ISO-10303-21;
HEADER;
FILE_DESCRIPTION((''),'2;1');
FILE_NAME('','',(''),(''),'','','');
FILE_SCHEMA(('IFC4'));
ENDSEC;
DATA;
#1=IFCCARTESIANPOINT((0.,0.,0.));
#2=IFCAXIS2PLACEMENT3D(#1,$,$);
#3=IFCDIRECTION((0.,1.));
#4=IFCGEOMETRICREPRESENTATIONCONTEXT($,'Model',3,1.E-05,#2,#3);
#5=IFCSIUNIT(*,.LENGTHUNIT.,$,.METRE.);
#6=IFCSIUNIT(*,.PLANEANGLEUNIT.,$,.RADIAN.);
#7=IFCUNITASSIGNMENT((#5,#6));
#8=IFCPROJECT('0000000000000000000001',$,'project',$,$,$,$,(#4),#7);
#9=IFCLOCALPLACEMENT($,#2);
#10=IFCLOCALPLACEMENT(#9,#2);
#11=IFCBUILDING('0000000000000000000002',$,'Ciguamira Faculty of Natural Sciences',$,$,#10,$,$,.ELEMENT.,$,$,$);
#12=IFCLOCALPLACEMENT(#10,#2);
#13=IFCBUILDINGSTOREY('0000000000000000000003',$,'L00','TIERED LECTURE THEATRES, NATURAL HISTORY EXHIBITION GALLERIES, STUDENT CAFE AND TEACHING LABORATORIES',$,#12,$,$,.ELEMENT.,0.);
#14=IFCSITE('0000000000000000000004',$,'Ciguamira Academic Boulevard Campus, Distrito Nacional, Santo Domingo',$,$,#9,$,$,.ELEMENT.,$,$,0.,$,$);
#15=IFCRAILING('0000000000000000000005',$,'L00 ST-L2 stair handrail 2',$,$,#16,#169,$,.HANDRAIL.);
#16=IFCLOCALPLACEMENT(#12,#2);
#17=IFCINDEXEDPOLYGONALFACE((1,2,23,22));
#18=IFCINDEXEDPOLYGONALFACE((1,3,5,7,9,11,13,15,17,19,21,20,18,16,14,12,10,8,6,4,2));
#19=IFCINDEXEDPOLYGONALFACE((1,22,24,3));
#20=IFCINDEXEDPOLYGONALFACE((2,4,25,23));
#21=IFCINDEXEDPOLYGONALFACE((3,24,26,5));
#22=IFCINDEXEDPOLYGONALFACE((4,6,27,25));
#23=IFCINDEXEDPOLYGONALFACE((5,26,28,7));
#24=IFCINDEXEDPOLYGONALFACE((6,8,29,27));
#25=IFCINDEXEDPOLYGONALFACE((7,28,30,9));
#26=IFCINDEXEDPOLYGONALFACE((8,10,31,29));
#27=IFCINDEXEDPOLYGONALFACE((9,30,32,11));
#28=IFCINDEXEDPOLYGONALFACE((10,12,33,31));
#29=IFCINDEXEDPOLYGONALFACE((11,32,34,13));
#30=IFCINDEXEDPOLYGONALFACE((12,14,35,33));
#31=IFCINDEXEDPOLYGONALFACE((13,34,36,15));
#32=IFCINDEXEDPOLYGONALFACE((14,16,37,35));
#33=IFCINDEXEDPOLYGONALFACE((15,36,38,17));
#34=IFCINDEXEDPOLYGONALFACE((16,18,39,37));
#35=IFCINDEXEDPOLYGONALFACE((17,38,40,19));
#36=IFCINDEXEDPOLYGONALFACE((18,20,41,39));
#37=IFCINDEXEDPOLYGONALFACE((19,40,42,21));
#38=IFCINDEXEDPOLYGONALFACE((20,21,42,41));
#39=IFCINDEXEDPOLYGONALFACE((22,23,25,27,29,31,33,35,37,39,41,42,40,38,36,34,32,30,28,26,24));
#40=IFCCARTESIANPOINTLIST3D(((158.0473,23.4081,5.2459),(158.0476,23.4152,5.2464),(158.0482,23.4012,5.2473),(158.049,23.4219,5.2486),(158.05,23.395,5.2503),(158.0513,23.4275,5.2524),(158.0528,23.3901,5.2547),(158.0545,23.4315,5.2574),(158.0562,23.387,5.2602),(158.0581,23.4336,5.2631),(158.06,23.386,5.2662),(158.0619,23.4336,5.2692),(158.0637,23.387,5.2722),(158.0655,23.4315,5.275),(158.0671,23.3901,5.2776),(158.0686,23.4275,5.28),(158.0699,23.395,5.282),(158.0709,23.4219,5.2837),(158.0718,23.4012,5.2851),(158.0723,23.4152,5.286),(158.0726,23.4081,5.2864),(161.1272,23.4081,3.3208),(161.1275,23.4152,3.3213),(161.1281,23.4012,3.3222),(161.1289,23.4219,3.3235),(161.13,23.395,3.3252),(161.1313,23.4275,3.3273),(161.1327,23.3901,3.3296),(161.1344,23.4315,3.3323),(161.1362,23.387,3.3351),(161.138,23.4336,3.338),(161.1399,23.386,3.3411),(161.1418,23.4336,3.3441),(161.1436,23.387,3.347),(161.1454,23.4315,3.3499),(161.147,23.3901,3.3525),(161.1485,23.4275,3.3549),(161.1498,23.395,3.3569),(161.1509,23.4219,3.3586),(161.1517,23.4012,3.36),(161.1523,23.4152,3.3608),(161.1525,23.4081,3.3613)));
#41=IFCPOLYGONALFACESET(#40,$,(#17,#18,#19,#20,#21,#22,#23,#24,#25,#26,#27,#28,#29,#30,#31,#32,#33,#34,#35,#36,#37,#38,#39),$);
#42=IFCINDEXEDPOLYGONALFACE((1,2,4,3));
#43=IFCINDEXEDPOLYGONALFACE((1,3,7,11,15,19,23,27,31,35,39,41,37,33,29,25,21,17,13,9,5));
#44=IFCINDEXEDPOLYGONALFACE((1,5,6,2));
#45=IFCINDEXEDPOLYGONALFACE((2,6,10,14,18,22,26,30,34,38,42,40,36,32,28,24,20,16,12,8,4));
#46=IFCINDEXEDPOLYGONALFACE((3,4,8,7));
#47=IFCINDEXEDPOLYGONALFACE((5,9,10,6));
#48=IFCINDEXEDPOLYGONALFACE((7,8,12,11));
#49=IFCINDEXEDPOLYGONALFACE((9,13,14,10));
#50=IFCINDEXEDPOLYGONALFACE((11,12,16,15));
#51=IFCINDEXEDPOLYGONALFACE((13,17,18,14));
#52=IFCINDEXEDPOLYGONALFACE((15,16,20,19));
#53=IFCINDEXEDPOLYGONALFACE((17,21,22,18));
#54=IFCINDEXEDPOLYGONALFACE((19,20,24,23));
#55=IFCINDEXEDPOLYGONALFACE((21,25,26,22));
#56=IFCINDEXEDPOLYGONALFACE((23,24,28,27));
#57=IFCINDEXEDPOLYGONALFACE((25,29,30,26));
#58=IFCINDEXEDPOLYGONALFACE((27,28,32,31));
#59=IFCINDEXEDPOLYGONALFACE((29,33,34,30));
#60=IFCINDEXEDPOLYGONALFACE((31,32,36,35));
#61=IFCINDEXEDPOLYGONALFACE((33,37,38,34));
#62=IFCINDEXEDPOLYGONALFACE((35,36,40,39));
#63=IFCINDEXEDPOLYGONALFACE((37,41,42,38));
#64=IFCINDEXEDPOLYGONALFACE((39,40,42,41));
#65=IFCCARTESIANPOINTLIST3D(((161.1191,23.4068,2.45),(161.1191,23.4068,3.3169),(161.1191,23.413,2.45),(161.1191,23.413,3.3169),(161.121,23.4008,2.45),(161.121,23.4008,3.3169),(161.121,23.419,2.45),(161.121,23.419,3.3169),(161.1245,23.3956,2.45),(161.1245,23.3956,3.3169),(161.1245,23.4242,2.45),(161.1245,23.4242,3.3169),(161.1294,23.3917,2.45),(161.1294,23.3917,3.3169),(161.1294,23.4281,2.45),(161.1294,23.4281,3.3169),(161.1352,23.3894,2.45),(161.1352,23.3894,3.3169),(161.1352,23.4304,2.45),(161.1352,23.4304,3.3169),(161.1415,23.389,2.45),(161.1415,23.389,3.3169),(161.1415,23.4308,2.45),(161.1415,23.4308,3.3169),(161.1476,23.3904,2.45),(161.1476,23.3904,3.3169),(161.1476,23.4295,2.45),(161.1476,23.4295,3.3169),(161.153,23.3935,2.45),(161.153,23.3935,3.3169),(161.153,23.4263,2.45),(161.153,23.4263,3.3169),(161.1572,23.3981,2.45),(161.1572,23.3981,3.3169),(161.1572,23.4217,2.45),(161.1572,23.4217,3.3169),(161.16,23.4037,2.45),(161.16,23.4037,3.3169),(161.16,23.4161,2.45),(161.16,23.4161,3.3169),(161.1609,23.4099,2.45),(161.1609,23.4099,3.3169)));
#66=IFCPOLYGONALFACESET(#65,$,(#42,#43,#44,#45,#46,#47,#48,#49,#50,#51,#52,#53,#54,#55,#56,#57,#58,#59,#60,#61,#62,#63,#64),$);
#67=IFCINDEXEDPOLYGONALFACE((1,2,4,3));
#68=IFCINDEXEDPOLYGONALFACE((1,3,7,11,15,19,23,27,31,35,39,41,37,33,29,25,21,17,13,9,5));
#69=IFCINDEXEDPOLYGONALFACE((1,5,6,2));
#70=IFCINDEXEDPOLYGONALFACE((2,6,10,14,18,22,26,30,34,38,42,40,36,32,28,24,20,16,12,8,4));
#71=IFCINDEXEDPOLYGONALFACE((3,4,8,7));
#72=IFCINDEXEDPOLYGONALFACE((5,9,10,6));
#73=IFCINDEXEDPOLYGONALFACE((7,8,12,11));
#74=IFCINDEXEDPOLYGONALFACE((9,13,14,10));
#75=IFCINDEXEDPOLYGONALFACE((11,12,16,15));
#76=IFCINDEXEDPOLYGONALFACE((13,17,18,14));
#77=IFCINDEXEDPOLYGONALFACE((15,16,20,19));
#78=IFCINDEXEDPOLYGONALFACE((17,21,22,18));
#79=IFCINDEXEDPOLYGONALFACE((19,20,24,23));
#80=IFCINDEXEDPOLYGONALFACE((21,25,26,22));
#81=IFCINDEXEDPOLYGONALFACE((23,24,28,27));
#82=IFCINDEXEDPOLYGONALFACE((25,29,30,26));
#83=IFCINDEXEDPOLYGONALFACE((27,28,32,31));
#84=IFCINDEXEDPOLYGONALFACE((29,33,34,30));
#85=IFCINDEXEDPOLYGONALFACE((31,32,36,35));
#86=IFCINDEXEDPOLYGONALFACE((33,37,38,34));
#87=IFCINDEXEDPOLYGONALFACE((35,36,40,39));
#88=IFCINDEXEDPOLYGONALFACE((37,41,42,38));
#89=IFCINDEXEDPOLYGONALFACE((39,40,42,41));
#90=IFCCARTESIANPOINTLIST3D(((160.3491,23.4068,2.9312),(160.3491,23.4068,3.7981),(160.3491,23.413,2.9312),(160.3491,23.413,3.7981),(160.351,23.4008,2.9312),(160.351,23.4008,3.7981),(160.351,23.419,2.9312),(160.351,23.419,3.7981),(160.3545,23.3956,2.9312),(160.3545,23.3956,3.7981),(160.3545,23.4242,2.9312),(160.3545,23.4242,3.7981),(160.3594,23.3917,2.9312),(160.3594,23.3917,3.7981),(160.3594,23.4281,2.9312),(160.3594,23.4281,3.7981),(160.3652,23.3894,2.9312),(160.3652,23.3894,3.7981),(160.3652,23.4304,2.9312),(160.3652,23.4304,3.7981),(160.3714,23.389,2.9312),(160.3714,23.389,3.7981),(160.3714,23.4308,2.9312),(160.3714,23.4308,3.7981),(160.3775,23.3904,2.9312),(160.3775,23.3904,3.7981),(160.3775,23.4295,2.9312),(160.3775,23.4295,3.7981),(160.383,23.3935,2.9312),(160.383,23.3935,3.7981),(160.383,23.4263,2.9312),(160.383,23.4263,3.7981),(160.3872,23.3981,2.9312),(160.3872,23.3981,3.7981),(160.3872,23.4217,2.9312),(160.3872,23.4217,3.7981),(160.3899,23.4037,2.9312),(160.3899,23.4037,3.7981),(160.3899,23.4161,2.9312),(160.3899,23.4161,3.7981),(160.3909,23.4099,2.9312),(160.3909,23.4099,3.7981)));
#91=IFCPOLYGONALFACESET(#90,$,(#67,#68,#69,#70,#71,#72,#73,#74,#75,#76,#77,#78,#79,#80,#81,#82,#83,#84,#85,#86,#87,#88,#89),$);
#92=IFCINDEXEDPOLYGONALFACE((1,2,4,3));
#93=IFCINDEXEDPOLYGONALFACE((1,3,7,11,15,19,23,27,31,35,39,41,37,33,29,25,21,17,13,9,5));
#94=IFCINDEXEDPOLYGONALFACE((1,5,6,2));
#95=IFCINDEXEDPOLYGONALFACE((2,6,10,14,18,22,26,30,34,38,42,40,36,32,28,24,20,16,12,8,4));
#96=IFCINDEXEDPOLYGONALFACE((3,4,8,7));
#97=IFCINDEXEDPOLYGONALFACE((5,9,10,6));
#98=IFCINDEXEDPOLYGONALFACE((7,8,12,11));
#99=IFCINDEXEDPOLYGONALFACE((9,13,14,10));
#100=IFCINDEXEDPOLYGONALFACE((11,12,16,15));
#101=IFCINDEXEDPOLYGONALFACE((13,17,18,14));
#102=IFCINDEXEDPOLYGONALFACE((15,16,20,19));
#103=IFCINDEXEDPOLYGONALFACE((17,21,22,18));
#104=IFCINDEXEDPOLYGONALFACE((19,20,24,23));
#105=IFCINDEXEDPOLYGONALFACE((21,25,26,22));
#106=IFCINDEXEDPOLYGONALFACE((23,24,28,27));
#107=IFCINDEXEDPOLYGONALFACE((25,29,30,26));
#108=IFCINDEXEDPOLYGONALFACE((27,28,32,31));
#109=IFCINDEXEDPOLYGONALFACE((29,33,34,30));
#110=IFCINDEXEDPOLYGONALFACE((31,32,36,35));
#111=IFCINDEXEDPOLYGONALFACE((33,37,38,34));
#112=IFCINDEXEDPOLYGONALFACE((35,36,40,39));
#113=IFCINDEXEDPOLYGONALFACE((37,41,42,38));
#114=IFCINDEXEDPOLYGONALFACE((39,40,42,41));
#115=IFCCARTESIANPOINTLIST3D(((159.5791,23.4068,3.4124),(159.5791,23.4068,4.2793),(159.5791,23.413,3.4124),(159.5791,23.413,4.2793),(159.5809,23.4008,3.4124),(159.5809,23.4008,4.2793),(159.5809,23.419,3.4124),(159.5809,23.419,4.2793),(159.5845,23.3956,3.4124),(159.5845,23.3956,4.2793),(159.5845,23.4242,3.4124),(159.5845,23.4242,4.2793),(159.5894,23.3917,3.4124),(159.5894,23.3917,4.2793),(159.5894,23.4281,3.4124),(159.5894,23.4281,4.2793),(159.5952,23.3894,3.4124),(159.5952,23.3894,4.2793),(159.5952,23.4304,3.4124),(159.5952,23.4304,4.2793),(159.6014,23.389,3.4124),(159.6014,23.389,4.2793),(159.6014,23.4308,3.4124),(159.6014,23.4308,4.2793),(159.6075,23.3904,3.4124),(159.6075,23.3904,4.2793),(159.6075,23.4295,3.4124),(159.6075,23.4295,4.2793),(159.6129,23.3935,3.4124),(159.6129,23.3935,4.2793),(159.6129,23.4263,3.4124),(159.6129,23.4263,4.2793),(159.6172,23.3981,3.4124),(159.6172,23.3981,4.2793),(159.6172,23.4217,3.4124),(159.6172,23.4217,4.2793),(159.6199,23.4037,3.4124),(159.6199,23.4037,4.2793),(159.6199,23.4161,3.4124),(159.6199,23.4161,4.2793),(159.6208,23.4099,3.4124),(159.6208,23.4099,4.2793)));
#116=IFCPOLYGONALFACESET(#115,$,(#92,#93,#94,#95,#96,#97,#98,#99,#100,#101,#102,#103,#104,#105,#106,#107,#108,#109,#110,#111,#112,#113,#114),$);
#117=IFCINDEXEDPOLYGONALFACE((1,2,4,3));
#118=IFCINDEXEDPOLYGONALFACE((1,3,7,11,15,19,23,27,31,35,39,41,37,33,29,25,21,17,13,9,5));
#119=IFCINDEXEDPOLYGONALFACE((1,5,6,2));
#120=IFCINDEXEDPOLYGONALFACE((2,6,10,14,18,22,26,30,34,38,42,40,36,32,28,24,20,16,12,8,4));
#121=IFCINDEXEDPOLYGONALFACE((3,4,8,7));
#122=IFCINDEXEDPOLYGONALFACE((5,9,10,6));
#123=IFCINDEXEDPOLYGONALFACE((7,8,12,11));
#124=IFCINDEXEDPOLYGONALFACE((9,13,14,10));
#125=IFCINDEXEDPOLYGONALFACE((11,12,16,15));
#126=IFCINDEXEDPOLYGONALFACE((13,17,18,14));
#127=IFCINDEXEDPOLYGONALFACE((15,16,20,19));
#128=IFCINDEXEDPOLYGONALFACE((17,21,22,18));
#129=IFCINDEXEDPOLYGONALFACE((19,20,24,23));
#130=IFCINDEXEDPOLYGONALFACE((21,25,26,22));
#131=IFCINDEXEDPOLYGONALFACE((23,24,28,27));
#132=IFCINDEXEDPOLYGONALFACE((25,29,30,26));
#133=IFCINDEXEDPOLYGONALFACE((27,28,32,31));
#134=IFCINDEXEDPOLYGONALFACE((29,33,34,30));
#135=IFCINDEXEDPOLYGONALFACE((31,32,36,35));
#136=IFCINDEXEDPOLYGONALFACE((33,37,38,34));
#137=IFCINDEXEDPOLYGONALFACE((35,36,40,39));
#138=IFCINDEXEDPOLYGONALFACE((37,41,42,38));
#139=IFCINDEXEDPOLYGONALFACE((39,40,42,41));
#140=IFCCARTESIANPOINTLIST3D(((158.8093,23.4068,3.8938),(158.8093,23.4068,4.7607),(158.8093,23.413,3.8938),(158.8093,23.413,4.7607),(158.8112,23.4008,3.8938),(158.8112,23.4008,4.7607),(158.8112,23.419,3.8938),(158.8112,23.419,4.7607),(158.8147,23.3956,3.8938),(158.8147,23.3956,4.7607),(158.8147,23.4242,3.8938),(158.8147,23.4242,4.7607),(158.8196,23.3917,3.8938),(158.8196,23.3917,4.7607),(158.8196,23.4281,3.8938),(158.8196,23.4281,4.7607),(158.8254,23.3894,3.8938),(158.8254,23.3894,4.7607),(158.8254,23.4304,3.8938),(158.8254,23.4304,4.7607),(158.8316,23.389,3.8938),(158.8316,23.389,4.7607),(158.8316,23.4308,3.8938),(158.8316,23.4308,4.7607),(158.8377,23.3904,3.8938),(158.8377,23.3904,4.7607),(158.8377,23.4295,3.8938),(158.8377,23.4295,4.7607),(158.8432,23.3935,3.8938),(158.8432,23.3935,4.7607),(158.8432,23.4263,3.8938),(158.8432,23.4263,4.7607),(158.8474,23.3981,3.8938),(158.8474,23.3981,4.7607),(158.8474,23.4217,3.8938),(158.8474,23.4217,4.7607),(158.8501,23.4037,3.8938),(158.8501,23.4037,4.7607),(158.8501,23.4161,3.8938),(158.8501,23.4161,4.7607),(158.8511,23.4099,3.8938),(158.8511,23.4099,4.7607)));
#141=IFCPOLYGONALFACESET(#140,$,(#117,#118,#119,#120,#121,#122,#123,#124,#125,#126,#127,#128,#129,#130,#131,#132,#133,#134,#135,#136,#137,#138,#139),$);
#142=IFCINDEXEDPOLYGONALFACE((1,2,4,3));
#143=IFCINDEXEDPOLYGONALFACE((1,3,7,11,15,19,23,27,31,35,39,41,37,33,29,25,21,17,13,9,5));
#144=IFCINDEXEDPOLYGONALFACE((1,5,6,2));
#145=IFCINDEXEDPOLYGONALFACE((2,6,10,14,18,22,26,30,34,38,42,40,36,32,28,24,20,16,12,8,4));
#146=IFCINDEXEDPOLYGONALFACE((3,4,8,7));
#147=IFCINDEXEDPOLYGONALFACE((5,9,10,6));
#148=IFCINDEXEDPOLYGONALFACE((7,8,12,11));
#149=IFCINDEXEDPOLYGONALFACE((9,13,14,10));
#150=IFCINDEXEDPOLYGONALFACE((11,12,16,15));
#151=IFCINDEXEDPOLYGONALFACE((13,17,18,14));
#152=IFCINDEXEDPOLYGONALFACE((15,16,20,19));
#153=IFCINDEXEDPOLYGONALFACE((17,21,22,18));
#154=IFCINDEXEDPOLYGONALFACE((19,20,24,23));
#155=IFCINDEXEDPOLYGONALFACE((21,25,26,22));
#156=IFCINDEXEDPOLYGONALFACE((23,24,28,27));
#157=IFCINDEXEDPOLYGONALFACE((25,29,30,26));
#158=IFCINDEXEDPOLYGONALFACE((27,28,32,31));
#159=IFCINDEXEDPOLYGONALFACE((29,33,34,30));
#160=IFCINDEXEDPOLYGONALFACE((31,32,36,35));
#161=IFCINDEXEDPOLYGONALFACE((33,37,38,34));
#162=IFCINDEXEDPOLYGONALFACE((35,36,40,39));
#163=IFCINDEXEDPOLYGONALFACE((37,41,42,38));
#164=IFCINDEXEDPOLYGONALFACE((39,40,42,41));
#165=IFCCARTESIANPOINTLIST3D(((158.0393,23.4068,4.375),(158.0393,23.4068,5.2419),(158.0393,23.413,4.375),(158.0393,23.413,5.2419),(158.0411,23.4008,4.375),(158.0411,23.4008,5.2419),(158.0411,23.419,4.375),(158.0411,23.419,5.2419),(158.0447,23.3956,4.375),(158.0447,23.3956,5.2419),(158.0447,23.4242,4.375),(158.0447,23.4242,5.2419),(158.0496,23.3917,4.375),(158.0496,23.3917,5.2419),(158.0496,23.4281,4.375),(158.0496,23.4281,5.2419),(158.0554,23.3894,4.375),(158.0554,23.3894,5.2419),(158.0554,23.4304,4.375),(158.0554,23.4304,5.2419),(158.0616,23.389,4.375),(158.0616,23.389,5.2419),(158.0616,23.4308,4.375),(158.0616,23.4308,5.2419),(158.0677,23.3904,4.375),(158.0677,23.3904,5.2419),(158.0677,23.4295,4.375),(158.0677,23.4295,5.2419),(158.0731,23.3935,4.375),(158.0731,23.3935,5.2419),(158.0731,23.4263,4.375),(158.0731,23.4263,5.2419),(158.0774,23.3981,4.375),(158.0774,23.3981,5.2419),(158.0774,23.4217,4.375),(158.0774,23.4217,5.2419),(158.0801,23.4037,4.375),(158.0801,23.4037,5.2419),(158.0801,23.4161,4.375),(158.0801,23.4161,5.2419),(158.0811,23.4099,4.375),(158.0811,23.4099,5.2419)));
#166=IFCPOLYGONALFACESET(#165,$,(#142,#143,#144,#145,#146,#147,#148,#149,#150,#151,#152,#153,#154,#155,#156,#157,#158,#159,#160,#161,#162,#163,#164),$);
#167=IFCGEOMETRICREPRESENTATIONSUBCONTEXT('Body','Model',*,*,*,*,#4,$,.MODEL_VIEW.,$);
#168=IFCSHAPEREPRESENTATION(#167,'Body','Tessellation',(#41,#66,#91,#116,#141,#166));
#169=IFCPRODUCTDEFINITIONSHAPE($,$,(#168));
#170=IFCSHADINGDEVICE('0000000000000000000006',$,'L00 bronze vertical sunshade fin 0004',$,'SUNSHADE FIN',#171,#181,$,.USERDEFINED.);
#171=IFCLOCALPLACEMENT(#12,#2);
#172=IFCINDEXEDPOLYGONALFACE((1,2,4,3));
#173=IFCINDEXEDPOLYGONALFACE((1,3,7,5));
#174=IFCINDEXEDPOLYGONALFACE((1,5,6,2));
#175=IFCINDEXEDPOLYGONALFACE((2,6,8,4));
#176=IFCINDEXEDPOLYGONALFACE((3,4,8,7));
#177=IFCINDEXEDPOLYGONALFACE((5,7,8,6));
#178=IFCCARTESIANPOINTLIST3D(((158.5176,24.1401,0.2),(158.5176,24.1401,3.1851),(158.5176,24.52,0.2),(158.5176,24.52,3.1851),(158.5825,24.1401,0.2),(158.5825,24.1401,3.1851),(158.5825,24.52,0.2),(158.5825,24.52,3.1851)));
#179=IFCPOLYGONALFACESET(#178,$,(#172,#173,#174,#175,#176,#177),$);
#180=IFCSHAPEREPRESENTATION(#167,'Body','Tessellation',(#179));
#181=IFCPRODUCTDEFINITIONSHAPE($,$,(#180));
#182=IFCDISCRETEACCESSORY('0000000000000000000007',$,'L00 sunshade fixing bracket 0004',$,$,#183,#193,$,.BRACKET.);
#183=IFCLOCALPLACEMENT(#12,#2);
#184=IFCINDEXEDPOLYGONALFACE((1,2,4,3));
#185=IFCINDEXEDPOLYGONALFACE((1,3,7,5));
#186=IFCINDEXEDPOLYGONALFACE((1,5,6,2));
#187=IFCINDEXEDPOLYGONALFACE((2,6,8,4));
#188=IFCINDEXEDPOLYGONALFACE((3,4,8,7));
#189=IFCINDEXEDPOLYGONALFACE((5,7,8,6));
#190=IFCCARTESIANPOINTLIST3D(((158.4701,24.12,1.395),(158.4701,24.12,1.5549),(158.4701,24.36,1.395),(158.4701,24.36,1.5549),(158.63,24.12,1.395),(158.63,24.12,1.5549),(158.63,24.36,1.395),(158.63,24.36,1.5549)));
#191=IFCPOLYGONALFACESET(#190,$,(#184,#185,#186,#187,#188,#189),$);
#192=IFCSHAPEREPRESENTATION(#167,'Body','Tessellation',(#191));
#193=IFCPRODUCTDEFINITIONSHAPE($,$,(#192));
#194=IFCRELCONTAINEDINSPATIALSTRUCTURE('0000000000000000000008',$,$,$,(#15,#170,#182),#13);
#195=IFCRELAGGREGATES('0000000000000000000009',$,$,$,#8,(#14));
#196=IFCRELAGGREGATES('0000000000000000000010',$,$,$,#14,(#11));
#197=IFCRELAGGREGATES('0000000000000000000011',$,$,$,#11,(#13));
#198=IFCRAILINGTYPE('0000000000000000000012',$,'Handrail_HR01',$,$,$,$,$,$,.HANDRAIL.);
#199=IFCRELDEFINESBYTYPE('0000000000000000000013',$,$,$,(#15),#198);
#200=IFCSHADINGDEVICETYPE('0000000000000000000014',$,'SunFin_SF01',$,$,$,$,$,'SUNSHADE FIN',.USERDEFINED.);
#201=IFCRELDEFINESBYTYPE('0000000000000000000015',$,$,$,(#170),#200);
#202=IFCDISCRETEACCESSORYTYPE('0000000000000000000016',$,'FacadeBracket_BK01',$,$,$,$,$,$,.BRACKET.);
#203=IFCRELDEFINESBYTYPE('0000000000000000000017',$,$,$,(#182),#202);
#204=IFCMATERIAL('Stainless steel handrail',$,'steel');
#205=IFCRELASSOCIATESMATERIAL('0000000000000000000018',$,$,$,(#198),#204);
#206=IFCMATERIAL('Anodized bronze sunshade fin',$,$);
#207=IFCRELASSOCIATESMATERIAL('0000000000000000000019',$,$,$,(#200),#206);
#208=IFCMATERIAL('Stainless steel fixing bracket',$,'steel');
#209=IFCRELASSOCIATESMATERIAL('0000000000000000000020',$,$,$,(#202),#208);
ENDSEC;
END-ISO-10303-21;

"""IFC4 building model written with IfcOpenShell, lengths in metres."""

from ifc_helpers import new_model, si_unit, direction, frame, origin, origin_2d, place, context, subcontext, project, spatial, rectangle, circle, extrude, material, material_profile, profile_set, type_object, element, save


model = new_model("IFC4")

# Units and contexts
model_context = context("Model", 3, precision=1e-05, world=origin(), true_north=direction((0.0, 1.0)))
body_context = subcontext(model_context, "Body", "Model", "MODEL_VIEW")
ifc_project = project(units=[si_unit("LENGTHUNIT", "METRE"), si_unit("PLANEANGLEUNIT", "RADIAN")], contexts=[model_context])

# Site, building, storey
site_placement = place(None, origin())
site = spatial("IfcSite", under=ifc_project, at=site_placement, Name="Ciguamira Academic Boulevard Campus, Distrito Nacional, Santo Domingo", CompositionType="ELEMENT", RefElevation=0.0)
building_placement = place(site_placement, origin())
building = spatial("IfcBuilding", under=site, at=building_placement, Name="Ciguamira Faculty of Natural Sciences", CompositionType="ELEMENT")
storey_placement = place(building_placement, origin())
storey = spatial("IfcBuildingStorey", under=building, at=storey_placement, Name="L00", Description="TIERED LECTURE THEATRES, NATURAL HISTORY EXHIBITION GALLERIES, STUDENT CAFE AND TEACHING LABORATORIES", CompositionType="ELEMENT", Elevation=0.0)

# Railing
ifc_material_1 = material(Name="Stainless steel handrail", Category="steel")
railing_type_1 = type_object("IfcRailingType", Name="Handrail_HR01", PredefinedType="HANDRAIL", material=ifc_material_1)
railing_1_placement = place(storey_placement, frame((161.1399, 23.4099, 2.45)))
element("IfcRailing", 1, at=railing_1_placement, inside=storey, type_object=railing_type_1, Name="L00 ST-L2 stair handrail 2", PredefinedType="HANDRAIL", context=body_context, shape_type="SweptSolid", body=[
    extrude(circle(Radius=0.0239, at=origin_2d()), frame((0.0, 0.0, 0.8911), z_axis=(-0.847979, 0.0, 0.530029), x_axis=(0.0, -1.0, 0.0)), (0.0, 0.0, 1.0), 3.6321),
    extrude(circle(Radius=0.021, at=origin_2d()), origin(), (0.0, 0.0, 1.0), 0.8669),
    extrude(circle(Radius=0.021, at=origin_2d()), frame((-0.77, 0.0, 0.4812)), (0.0, 0.0, 1.0), 0.8669),
    extrude(circle(Radius=0.021, at=origin_2d()), frame((-1.54, 0.0, 0.9624)), (0.0, 0.0, 1.0), 0.8669),
    extrude(circle(Radius=0.021, at=origin_2d()), frame((-2.3098, 0.0, 1.4438)), (0.0, 0.0, 1.0), 0.8669),
    extrude(circle(Radius=0.021, at=origin_2d()), frame((-3.0798, 0.0, 1.925)), (0.0, 0.0, 1.0), 0.8669),
])

# Shading device
ifc_material_2 = material(Name="Anodized bronze sunshade fin")
ifc_material_profile_1 = material_profile(ifc_material_2, rectangle(XDim=0.0649, YDim=0.3799, at=origin_2d()), Name="BRZ-FIN-65X380")
ifc_profile_set_1 = profile_set([ifc_material_profile_1], Name="Anodized bronze sunshade fin")
shading_device_type = type_object("IfcShadingDeviceType", Name="SunFin_SF01", ElementType="SUNSHADE FIN", PredefinedType="USERDEFINED", material=ifc_profile_set_1)
shading_device_placement = place(storey_placement, frame((158.55, 24.3301, 0.2), z_axis=(0.0, 0.0, 1.0), x_axis=(1.0, 0.0, 0.0)))
element("IfcShadingDevice", 2, at=shading_device_placement, inside=storey, type_object=shading_device_type, Name="L00 bronze vertical sunshade fin 0004", ObjectType="SUNSHADE FIN", PredefinedType="USERDEFINED", context=body_context, shape_type="SweptSolid", body=[
    extrude(rectangle(XDim=0.0649, YDim=0.3799, at=origin_2d()), origin(), (0.0, 0.0, 1.0), 2.9851),
])

# Discrete accessory
ifc_material_3 = material(Name="Stainless steel fixing bracket", Category="steel")
discrete_accessory_type = type_object("IfcDiscreteAccessoryType", Name="FacadeBracket_BK01", PredefinedType="BRACKET", material=ifc_material_3)
discrete_accessory_placement = place(storey_placement, frame((158.55, 24.24, 1.395), z_axis=(0.0, 0.0, 1.0), x_axis=(1.0, 0.0, 0.0)))
element("IfcDiscreteAccessory", 3, at=discrete_accessory_placement, inside=storey, type_object=discrete_accessory_type, Name="L00 sunshade fixing bracket 0004", PredefinedType="BRACKET", context=body_context, shape_type="SweptSolid", body=[
    extrude(rectangle(XDim=0.1599, YDim=0.24, at=origin_2d()), origin(), (0.0, 0.0, 1.0), 0.1599),
])

save(model, "model.ifc")
